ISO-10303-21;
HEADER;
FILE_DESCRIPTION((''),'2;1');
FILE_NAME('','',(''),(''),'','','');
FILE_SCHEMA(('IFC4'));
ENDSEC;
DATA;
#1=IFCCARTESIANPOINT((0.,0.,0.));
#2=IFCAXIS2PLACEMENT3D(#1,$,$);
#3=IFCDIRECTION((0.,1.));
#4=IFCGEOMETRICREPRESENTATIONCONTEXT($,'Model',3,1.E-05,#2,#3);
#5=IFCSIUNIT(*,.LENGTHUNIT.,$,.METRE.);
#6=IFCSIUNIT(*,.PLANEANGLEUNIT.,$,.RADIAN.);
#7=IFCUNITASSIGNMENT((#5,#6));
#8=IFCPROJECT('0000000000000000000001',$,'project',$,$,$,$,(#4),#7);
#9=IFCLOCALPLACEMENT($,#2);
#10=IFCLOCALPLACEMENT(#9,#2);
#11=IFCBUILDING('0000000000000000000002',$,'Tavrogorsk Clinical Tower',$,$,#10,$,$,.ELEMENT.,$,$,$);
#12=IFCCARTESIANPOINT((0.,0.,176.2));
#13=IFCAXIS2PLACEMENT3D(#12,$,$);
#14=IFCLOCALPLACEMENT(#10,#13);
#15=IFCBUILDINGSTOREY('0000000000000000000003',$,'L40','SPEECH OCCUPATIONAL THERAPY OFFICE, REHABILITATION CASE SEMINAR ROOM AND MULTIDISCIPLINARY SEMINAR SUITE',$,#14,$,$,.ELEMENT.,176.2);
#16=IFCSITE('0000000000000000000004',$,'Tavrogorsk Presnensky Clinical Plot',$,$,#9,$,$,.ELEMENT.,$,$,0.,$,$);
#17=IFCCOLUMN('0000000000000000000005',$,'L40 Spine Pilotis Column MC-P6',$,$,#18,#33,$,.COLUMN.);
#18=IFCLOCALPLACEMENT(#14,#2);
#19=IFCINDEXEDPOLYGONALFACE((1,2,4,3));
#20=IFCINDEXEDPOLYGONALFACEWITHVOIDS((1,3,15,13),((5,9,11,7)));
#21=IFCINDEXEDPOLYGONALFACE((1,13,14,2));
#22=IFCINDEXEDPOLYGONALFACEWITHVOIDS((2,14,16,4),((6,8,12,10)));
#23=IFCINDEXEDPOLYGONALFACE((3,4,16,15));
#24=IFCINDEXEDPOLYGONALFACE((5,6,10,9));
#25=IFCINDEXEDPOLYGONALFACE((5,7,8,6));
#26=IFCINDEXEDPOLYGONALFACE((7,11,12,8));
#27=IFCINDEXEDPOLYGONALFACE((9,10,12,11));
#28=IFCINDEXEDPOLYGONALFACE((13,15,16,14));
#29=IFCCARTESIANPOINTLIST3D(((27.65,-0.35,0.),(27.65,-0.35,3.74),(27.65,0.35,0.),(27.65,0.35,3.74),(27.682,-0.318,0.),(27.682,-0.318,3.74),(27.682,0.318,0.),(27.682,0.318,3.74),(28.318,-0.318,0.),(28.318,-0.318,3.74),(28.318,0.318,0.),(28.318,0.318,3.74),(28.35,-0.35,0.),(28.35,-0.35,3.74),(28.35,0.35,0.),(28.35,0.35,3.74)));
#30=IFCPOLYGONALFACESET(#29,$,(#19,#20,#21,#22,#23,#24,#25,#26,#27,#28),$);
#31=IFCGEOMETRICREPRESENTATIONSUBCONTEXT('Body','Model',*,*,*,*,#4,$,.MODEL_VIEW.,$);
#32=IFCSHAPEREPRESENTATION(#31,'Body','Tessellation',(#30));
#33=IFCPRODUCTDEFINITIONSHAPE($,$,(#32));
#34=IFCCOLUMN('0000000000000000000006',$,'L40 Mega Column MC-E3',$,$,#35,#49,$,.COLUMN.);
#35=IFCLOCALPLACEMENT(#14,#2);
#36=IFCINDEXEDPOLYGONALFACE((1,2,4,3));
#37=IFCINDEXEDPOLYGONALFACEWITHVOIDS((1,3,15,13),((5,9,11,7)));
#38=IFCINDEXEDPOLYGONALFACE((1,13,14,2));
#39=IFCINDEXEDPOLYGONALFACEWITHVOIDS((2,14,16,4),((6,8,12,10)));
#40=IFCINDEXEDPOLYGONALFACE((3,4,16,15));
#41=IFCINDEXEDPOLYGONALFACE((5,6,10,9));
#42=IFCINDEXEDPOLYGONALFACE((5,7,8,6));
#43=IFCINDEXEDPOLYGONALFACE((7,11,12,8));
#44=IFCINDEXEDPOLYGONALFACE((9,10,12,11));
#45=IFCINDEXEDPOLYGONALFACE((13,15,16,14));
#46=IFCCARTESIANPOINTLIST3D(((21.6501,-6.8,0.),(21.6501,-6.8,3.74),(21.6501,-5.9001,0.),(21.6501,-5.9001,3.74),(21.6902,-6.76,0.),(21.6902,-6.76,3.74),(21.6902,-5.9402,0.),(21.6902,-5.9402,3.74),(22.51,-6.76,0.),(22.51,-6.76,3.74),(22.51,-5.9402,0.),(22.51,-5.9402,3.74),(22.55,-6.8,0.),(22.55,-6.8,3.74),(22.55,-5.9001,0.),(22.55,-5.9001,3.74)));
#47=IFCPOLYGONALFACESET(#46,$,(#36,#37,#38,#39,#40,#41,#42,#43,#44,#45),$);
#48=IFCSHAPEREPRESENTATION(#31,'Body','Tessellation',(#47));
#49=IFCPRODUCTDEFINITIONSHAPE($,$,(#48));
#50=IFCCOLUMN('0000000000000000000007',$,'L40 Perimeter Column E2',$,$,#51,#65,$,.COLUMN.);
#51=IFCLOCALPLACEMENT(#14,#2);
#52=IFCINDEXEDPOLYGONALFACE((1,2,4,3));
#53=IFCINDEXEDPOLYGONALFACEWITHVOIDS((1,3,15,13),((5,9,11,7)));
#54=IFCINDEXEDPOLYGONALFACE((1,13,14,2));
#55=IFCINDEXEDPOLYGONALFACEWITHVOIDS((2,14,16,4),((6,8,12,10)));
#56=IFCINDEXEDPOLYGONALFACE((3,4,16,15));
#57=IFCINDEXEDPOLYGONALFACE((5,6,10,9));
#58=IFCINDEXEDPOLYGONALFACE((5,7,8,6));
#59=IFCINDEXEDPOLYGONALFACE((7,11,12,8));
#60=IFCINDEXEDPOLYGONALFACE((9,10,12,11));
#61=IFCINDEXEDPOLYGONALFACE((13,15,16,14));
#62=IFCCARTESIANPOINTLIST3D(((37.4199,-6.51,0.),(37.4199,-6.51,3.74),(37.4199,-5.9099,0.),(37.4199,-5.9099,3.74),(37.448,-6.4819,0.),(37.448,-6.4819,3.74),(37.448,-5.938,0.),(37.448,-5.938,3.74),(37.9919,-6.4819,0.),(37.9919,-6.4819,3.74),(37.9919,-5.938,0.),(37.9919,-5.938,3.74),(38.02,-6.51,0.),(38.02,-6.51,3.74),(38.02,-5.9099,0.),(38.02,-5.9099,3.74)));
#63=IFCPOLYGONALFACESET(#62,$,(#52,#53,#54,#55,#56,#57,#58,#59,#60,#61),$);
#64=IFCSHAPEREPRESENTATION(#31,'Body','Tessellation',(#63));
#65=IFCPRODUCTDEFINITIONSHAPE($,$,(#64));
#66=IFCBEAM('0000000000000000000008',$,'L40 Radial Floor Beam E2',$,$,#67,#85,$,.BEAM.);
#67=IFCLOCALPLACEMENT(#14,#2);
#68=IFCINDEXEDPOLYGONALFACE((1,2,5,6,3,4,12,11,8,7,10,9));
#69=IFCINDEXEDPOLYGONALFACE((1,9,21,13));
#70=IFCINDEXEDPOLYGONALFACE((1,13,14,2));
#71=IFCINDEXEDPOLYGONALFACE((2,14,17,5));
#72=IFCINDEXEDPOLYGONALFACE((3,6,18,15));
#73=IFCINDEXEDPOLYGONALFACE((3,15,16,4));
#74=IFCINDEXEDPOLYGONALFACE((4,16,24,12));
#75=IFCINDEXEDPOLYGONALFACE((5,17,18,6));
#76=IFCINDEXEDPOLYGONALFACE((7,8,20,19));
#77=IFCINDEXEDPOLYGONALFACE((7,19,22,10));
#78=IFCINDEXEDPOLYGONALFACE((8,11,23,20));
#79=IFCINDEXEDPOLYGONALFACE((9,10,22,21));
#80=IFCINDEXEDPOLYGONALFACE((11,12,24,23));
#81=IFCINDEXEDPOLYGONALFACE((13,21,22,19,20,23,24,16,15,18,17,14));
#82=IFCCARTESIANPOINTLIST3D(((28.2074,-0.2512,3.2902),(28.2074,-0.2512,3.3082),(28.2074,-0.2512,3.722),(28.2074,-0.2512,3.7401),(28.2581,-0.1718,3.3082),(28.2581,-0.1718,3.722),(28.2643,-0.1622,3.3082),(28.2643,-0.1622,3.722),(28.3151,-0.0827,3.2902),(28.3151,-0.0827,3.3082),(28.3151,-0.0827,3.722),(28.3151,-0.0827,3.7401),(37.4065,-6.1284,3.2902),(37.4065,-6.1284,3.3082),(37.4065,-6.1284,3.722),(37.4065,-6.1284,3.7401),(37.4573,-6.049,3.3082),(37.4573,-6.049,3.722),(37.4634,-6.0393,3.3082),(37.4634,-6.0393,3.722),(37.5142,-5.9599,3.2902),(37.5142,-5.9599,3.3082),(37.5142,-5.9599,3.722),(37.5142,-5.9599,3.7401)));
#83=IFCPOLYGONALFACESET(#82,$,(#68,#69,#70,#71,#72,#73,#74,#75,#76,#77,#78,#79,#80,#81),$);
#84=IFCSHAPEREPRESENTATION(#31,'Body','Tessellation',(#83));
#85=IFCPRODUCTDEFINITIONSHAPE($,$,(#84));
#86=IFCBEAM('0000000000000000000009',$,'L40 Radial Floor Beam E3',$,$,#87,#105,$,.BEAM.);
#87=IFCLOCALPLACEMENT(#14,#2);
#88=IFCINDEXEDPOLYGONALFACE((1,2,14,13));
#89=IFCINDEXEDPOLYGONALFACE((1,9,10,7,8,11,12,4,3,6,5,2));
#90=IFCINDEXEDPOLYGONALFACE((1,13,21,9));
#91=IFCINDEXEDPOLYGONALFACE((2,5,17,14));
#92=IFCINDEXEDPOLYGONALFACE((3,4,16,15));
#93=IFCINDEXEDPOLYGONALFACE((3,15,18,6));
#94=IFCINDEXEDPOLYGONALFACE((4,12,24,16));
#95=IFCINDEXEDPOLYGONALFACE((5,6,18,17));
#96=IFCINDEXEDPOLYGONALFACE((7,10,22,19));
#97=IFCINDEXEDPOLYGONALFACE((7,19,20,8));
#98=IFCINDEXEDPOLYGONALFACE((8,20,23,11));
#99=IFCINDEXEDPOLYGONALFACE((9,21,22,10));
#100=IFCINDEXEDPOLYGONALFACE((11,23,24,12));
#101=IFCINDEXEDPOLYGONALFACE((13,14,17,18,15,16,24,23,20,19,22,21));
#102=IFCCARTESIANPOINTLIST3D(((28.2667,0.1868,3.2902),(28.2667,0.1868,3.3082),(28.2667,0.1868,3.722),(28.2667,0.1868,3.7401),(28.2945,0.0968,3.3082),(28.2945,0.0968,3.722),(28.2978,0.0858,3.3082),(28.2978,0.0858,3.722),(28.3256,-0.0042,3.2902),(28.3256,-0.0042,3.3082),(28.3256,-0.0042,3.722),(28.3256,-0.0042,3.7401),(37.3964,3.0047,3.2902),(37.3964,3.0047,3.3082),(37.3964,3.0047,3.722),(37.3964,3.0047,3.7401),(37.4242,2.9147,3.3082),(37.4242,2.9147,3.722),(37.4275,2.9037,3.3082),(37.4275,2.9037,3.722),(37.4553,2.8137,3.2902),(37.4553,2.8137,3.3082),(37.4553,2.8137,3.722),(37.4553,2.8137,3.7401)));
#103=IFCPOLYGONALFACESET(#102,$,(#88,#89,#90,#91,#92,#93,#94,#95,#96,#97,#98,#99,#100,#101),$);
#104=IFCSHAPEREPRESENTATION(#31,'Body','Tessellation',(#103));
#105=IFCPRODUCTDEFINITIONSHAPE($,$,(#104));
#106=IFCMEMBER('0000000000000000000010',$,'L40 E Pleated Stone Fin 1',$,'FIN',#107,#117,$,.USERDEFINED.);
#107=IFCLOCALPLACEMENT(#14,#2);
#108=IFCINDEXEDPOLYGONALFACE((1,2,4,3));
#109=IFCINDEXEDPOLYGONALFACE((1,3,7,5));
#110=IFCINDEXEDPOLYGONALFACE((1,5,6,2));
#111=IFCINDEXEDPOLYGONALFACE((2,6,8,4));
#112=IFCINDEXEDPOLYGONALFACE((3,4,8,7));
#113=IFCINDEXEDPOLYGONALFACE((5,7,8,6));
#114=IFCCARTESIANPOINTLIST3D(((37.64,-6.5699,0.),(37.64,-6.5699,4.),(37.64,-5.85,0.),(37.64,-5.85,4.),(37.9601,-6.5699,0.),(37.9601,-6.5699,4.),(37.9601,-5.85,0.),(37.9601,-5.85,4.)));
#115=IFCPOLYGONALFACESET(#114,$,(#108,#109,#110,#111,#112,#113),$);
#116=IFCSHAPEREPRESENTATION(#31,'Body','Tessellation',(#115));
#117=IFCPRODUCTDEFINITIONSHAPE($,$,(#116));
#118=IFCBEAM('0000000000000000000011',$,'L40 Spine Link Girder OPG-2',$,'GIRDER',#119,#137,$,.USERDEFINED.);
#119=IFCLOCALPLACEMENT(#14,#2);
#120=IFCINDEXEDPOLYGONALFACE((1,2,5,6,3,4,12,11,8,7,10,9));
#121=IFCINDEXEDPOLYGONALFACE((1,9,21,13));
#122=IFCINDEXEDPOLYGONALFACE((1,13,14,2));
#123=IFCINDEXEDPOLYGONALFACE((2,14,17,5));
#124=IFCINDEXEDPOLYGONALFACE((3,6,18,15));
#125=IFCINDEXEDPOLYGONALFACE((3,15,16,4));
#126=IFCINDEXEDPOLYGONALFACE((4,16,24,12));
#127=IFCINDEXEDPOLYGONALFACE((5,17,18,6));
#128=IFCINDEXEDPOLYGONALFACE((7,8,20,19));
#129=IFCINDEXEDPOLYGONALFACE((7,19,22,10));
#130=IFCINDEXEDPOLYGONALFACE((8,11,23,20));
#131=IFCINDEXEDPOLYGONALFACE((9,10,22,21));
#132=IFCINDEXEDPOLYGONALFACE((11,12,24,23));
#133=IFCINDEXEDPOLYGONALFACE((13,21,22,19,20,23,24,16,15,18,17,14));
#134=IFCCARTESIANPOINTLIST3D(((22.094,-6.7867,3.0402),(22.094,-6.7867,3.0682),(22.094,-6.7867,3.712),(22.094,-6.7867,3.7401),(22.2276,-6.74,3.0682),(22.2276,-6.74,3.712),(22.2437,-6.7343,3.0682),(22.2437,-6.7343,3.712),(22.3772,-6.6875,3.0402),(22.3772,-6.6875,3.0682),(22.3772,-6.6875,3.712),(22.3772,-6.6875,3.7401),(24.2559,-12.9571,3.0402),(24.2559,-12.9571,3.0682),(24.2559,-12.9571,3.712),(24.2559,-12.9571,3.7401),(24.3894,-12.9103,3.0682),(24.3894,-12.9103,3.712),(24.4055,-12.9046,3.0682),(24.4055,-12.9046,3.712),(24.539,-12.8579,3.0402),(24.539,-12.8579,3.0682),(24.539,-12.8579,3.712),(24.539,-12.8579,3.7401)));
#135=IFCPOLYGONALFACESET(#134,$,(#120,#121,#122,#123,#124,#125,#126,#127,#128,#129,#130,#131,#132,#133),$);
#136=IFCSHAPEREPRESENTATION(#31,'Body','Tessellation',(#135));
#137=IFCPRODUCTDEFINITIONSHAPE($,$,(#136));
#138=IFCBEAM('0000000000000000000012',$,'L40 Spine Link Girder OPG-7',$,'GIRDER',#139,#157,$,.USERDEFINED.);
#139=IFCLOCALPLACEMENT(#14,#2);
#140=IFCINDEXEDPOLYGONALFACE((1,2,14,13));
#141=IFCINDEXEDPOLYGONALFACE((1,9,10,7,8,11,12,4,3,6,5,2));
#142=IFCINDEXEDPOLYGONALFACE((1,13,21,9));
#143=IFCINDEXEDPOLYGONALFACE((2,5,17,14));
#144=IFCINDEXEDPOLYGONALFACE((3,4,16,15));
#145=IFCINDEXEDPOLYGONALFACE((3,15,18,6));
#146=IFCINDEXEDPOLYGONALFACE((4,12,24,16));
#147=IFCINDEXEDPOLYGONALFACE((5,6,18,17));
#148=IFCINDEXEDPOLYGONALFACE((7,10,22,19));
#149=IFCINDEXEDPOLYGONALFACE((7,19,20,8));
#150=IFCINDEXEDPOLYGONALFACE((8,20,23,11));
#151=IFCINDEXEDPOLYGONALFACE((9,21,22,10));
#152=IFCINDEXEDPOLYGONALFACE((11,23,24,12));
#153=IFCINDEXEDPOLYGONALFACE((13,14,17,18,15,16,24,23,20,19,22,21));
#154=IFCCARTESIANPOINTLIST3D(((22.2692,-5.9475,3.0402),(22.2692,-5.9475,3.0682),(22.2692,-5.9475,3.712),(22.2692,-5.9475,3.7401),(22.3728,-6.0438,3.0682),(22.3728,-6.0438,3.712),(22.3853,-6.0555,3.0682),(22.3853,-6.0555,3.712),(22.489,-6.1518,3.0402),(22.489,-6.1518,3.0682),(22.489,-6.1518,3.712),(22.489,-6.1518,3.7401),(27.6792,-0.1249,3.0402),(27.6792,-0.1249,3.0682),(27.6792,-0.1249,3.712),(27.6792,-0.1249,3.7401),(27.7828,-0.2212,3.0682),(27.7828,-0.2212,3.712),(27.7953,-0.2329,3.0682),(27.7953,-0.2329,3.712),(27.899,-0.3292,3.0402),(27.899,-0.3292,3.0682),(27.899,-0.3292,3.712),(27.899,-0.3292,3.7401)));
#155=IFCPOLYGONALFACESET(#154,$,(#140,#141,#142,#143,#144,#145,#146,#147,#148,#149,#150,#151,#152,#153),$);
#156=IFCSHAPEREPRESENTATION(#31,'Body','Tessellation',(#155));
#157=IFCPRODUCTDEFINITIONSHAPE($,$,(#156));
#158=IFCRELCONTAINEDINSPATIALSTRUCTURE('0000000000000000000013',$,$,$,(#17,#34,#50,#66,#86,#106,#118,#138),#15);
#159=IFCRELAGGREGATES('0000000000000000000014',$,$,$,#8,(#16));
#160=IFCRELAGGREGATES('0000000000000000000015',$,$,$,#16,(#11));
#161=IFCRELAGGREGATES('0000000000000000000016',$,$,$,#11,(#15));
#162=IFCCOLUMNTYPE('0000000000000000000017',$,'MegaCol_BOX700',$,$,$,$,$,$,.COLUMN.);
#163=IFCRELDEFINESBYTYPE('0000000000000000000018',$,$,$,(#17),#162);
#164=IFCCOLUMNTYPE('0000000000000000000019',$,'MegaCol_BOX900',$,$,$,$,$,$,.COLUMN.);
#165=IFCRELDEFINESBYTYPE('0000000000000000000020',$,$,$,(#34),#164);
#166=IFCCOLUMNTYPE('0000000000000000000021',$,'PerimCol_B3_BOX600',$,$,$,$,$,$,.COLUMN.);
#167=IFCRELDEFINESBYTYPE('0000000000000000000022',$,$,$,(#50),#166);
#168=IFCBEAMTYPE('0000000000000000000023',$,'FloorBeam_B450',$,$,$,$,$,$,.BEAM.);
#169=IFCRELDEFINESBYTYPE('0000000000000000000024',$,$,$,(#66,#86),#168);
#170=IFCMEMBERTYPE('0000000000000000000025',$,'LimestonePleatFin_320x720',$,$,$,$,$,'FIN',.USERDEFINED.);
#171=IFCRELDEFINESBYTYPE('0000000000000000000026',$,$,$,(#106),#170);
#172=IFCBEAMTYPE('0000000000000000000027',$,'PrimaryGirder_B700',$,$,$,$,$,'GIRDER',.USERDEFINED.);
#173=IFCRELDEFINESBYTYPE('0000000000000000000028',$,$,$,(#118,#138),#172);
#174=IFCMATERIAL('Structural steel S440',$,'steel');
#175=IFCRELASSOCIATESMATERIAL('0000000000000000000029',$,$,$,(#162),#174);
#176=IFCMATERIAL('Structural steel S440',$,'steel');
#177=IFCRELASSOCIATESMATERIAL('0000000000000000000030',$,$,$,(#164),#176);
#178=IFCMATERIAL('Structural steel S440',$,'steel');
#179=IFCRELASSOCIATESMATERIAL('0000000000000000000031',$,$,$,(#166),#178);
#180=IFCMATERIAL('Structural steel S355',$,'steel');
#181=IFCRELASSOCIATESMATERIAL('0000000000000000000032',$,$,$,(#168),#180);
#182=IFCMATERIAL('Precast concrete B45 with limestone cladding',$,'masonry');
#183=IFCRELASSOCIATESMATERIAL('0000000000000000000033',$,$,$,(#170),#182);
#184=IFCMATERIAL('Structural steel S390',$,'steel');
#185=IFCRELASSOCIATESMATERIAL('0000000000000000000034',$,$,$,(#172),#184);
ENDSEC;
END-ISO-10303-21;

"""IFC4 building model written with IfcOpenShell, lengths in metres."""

from ifc_helpers import new_model, si_unit, direction, frame, origin, origin_2d, place, context, subcontext, project, spatial, rectangle, hollow_rectangle, i_section, extrude, material, material_profile, profile_set, type_object, element, save


model = new_model("IFC4")

# Units and contexts
model_context = context("Model", 3, precision=1e-05, world=origin(), true_north=direction((0.0, 1.0)))
body_context = subcontext(model_context, "Body", "Model", "MODEL_VIEW")
ifc_project = project(units=[si_unit("LENGTHUNIT", "METRE"), si_unit("PLANEANGLEUNIT", "RADIAN")], contexts=[model_context])

# Site, building, storey
site_placement = place(None, origin())
site = spatial("IfcSite", under=ifc_project, at=site_placement, Name="Tavrogorsk Presnensky Clinical Plot", CompositionType="ELEMENT", RefElevation=0.0)
building_placement = place(site_placement, origin())
building = spatial("IfcBuilding", under=site, at=building_placement, Name="Tavrogorsk Clinical Tower", CompositionType="ELEMENT")
storey_placement = place(building_placement, frame((0.0, 0.0, 176.2)))
storey = spatial("IfcBuildingStorey", under=building, at=storey_placement, Name="L40", Description="SPEECH OCCUPATIONAL THERAPY OFFICE, REHABILITATION CASE SEMINAR ROOM AND MULTIDISCIPLINARY SEMINAR SUITE", CompositionType="ELEMENT", Elevation=176.2)

# Columns
ifc_material_1 = material(Name="Structural steel S440", Category="steel")
ifc_material_profile_1 = material_profile(ifc_material_1, hollow_rectangle(XDim=0.7, YDim=0.7, WallThickness=0.032, at=origin_2d()), Name="BOX-700x700x32")
ifc_profile_set_1 = profile_set([ifc_material_profile_1], Name="Structural steel S440")
column_type_1 = type_object("IfcColumnType", Name="MegaCol_BOX700", PredefinedType="COLUMN", material=ifc_profile_set_1)
column_1_placement = place(storey_placement, frame((28.0, 0.0, 0.0), z_axis=(0.0, 0.0, 1.0), x_axis=(1.0, 0.0, 0.0)))
element("IfcColumn", 1, at=column_1_placement, inside=storey, type_object=column_type_1, Name="L40 Spine Pilotis Column MC-P6", PredefinedType="COLUMN", context=body_context, shape_type="SweptSolid", body=[
    extrude(hollow_rectangle(XDim=0.7, YDim=0.7, WallThickness=0.032, at=origin_2d()), origin(), (0.0, 0.0, 1.0), 3.74),
])
ifc_material_2 = material(Name="Structural steel S440", Category="steel")
ifc_material_profile_2 = material_profile(ifc_material_2, hollow_rectangle(XDim=0.8999, YDim=0.8999, WallThickness=0.04, at=origin_2d()), Name="BOX-900x900x40")
ifc_profile_set_2 = profile_set([ifc_material_profile_2], Name="Structural steel S440")
column_type_2 = type_object("IfcColumnType", Name="MegaCol_BOX900", PredefinedType="COLUMN", material=ifc_profile_set_2)
column_2_placement = place(storey_placement, frame((22.1001, -6.3501, 0.0), z_axis=(0.0, 0.0, 1.0), x_axis=(1.0, 0.0, 0.0)))
element("IfcColumn", 2, at=column_2_placement, inside=storey, type_object=column_type_2, Name="L40 Mega Column MC-E3", PredefinedType="COLUMN", context=body_context, shape_type="SweptSolid", body=[
    extrude(hollow_rectangle(XDim=0.8999, YDim=0.8999, WallThickness=0.04, at=origin_2d()), origin(), (0.0, 0.0, 1.0), 3.74),
])
ifc_material_3 = material(Name="Structural steel S440", Category="steel")
ifc_material_profile_3 = material_profile(ifc_material_3, hollow_rectangle(XDim=0.6001, YDim=0.6001, WallThickness=0.0281, at=origin_2d()), Name="BOX-600x600x28")
ifc_profile_set_3 = profile_set([ifc_material_profile_3], Name="Structural steel S440")
column_type_3 = type_object("IfcColumnType", Name="PerimCol_B3_BOX600", PredefinedType="COLUMN", material=ifc_profile_set_3)
column_3_placement = place(storey_placement, frame((37.72, -6.21, 0.0), z_axis=(0.0, 0.0, 1.0), x_axis=(1.0, 0.0, 0.0)))
element("IfcColumn", 3, at=column_3_placement, inside=storey, type_object=column_type_3, Name="L40 Perimeter Column E2", PredefinedType="COLUMN", context=body_context, shape_type="SweptSolid", body=[
    extrude(hollow_rectangle(XDim=0.6001, YDim=0.6001, WallThickness=0.0281, at=origin_2d()), origin(), (0.0, 0.0, 1.0), 3.74),
])

# Beams
ifc_material_4 = material(Name="Structural steel S355", Category="steel")
ifc_material_profile_4 = material_profile(ifc_material_4, i_section(OverallWidth=0.2, OverallDepth=0.45, WebThickness=0.0115, FlangeThickness=0.0181, at=origin_2d()), Name="B-450x200x11.5x18")
ifc_profile_set_4 = profile_set([ifc_material_profile_4], Name="Structural steel S355")
beam_type_1 = type_object("IfcBeamType", Name="FloorBeam_B450", PredefinedType="BEAM", material=ifc_profile_set_4)
beam_1_placement = place(storey_placement, frame((28.2612, -0.167, 3.5151), z_axis=(0.8427, -0.538384, 0.0), x_axis=(0.538384, 0.8427, 0.0)))
element("IfcBeam", 4, at=beam_1_placement, inside=storey, type_object=beam_type_1, Name="L40 Radial Floor Beam E2", PredefinedType="BEAM", context=body_context, shape_type="SweptSolid", body=[
    extrude(i_section(OverallWidth=0.2, OverallDepth=0.45, WebThickness=0.0115, FlangeThickness=0.0181, at=origin_2d()), origin(), (0.0, 0.0, 1.0), 10.9163),
])
beam_2_placement = place(storey_placement, frame((28.2961, 0.0913, 3.5151), z_axis=(0.955521, 0.294922, 0.0), x_axis=(-0.294922, 0.955521, 0.0)))
element("IfcBeam", 5, at=beam_2_placement, inside=storey, type_object=beam_type_1, Name="L40 Radial Floor Beam E3", PredefinedType="BEAM", context=body_context, shape_type="SweptSolid", body=[
    extrude(i_section(OverallWidth=0.2, OverallDepth=0.45, WebThickness=0.0115, FlangeThickness=0.0181, at=origin_2d()), origin(), (0.0, 0.0, 1.0), 9.5547),
])

# Member
ifc_material_5 = material(Name="Precast concrete B45 with limestone cladding", Category="masonry")
ifc_material_profile_5 = material_profile(ifc_material_5, rectangle(XDim=0.3201, YDim=0.72, at=origin_2d()), Name="LIMESTONE-FIN-320x720")
ifc_profile_set_5 = profile_set([ifc_material_profile_5], Name="Precast concrete B45 with limestone cladding")
member_type = type_object("IfcMemberType", Name="LimestonePleatFin_320x720", ElementType="FIN", PredefinedType="USERDEFINED", material=ifc_profile_set_5)
member_placement = place(storey_placement, frame((37.8, -6.21, 0.0), z_axis=(0.0, 0.0, 1.0), x_axis=(1.0, 0.0, 0.0)))
element("IfcMember", 6, at=member_placement, inside=storey, type_object=member_type, Name="L40 E Pleated Stone Fin 1", ObjectType="FIN", PredefinedType="USERDEFINED", context=body_context, shape_type="SweptSolid", body=[
    extrude(rectangle(XDim=0.3201, YDim=0.72, at=origin_2d()), origin(), (0.0, 0.0, 1.0), 4.0),
])

# Beams
ifc_material_6 = material(Name="Structural steel S390", Category="steel")
ifc_material_profile_6 = material_profile(ifc_material_6, i_section(OverallWidth=0.3, OverallDepth=0.7, WebThickness=0.0171, FlangeThickness=0.0281, at=origin_2d()), Name="B-700x300x17x28")
ifc_profile_set_6 = profile_set([ifc_material_profile_6], Name="Structural steel S390")
beam_type_2 = type_object("IfcBeamType", Name="PrimaryGirder_B700", ElementType="GIRDER", PredefinedType="USERDEFINED", material=ifc_profile_set_6)
beam_3_placement = place(storey_placement, frame((24.3975, -12.9075, 3.3901), z_axis=(-0.330653, 0.943752, 0.0), x_axis=(-0.943752, -0.330653, 0.0)))
element("IfcBeam", 7, at=beam_3_placement, inside=storey, type_object=beam_type_2, Name="L40 Spine Link Girder OPG-2", ObjectType="GIRDER", PredefinedType="USERDEFINED", context=body_context, shape_type="SweptSolid", body=[
    extrude(i_section(OverallWidth=0.3, OverallDepth=0.7, WebThickness=0.0171, FlangeThickness=0.0281, at=origin_2d()), origin(), (0.0, 0.0, 1.0), 6.5381),
])
beam_4_placement = place(storey_placement, frame((27.7891, -0.2271, 3.3901), z_axis=(-0.680674, -0.732587, 0.0), x_axis=(0.732587, -0.680674, 0.0)))
element("IfcBeam", 8, at=beam_4_placement, inside=storey, type_object=beam_type_2, Name="L40 Spine Link Girder OPG-7", ObjectType="GIRDER", PredefinedType="USERDEFINED", context=body_context, shape_type="SweptSolid", body=[
    extrude(i_section(OverallWidth=0.3, OverallDepth=0.7, WebThickness=0.0171, FlangeThickness=0.0281, at=origin_2d()), origin(), (0.0, 0.0, 1.0), 7.948),
])

save(model, "model.ifc")
